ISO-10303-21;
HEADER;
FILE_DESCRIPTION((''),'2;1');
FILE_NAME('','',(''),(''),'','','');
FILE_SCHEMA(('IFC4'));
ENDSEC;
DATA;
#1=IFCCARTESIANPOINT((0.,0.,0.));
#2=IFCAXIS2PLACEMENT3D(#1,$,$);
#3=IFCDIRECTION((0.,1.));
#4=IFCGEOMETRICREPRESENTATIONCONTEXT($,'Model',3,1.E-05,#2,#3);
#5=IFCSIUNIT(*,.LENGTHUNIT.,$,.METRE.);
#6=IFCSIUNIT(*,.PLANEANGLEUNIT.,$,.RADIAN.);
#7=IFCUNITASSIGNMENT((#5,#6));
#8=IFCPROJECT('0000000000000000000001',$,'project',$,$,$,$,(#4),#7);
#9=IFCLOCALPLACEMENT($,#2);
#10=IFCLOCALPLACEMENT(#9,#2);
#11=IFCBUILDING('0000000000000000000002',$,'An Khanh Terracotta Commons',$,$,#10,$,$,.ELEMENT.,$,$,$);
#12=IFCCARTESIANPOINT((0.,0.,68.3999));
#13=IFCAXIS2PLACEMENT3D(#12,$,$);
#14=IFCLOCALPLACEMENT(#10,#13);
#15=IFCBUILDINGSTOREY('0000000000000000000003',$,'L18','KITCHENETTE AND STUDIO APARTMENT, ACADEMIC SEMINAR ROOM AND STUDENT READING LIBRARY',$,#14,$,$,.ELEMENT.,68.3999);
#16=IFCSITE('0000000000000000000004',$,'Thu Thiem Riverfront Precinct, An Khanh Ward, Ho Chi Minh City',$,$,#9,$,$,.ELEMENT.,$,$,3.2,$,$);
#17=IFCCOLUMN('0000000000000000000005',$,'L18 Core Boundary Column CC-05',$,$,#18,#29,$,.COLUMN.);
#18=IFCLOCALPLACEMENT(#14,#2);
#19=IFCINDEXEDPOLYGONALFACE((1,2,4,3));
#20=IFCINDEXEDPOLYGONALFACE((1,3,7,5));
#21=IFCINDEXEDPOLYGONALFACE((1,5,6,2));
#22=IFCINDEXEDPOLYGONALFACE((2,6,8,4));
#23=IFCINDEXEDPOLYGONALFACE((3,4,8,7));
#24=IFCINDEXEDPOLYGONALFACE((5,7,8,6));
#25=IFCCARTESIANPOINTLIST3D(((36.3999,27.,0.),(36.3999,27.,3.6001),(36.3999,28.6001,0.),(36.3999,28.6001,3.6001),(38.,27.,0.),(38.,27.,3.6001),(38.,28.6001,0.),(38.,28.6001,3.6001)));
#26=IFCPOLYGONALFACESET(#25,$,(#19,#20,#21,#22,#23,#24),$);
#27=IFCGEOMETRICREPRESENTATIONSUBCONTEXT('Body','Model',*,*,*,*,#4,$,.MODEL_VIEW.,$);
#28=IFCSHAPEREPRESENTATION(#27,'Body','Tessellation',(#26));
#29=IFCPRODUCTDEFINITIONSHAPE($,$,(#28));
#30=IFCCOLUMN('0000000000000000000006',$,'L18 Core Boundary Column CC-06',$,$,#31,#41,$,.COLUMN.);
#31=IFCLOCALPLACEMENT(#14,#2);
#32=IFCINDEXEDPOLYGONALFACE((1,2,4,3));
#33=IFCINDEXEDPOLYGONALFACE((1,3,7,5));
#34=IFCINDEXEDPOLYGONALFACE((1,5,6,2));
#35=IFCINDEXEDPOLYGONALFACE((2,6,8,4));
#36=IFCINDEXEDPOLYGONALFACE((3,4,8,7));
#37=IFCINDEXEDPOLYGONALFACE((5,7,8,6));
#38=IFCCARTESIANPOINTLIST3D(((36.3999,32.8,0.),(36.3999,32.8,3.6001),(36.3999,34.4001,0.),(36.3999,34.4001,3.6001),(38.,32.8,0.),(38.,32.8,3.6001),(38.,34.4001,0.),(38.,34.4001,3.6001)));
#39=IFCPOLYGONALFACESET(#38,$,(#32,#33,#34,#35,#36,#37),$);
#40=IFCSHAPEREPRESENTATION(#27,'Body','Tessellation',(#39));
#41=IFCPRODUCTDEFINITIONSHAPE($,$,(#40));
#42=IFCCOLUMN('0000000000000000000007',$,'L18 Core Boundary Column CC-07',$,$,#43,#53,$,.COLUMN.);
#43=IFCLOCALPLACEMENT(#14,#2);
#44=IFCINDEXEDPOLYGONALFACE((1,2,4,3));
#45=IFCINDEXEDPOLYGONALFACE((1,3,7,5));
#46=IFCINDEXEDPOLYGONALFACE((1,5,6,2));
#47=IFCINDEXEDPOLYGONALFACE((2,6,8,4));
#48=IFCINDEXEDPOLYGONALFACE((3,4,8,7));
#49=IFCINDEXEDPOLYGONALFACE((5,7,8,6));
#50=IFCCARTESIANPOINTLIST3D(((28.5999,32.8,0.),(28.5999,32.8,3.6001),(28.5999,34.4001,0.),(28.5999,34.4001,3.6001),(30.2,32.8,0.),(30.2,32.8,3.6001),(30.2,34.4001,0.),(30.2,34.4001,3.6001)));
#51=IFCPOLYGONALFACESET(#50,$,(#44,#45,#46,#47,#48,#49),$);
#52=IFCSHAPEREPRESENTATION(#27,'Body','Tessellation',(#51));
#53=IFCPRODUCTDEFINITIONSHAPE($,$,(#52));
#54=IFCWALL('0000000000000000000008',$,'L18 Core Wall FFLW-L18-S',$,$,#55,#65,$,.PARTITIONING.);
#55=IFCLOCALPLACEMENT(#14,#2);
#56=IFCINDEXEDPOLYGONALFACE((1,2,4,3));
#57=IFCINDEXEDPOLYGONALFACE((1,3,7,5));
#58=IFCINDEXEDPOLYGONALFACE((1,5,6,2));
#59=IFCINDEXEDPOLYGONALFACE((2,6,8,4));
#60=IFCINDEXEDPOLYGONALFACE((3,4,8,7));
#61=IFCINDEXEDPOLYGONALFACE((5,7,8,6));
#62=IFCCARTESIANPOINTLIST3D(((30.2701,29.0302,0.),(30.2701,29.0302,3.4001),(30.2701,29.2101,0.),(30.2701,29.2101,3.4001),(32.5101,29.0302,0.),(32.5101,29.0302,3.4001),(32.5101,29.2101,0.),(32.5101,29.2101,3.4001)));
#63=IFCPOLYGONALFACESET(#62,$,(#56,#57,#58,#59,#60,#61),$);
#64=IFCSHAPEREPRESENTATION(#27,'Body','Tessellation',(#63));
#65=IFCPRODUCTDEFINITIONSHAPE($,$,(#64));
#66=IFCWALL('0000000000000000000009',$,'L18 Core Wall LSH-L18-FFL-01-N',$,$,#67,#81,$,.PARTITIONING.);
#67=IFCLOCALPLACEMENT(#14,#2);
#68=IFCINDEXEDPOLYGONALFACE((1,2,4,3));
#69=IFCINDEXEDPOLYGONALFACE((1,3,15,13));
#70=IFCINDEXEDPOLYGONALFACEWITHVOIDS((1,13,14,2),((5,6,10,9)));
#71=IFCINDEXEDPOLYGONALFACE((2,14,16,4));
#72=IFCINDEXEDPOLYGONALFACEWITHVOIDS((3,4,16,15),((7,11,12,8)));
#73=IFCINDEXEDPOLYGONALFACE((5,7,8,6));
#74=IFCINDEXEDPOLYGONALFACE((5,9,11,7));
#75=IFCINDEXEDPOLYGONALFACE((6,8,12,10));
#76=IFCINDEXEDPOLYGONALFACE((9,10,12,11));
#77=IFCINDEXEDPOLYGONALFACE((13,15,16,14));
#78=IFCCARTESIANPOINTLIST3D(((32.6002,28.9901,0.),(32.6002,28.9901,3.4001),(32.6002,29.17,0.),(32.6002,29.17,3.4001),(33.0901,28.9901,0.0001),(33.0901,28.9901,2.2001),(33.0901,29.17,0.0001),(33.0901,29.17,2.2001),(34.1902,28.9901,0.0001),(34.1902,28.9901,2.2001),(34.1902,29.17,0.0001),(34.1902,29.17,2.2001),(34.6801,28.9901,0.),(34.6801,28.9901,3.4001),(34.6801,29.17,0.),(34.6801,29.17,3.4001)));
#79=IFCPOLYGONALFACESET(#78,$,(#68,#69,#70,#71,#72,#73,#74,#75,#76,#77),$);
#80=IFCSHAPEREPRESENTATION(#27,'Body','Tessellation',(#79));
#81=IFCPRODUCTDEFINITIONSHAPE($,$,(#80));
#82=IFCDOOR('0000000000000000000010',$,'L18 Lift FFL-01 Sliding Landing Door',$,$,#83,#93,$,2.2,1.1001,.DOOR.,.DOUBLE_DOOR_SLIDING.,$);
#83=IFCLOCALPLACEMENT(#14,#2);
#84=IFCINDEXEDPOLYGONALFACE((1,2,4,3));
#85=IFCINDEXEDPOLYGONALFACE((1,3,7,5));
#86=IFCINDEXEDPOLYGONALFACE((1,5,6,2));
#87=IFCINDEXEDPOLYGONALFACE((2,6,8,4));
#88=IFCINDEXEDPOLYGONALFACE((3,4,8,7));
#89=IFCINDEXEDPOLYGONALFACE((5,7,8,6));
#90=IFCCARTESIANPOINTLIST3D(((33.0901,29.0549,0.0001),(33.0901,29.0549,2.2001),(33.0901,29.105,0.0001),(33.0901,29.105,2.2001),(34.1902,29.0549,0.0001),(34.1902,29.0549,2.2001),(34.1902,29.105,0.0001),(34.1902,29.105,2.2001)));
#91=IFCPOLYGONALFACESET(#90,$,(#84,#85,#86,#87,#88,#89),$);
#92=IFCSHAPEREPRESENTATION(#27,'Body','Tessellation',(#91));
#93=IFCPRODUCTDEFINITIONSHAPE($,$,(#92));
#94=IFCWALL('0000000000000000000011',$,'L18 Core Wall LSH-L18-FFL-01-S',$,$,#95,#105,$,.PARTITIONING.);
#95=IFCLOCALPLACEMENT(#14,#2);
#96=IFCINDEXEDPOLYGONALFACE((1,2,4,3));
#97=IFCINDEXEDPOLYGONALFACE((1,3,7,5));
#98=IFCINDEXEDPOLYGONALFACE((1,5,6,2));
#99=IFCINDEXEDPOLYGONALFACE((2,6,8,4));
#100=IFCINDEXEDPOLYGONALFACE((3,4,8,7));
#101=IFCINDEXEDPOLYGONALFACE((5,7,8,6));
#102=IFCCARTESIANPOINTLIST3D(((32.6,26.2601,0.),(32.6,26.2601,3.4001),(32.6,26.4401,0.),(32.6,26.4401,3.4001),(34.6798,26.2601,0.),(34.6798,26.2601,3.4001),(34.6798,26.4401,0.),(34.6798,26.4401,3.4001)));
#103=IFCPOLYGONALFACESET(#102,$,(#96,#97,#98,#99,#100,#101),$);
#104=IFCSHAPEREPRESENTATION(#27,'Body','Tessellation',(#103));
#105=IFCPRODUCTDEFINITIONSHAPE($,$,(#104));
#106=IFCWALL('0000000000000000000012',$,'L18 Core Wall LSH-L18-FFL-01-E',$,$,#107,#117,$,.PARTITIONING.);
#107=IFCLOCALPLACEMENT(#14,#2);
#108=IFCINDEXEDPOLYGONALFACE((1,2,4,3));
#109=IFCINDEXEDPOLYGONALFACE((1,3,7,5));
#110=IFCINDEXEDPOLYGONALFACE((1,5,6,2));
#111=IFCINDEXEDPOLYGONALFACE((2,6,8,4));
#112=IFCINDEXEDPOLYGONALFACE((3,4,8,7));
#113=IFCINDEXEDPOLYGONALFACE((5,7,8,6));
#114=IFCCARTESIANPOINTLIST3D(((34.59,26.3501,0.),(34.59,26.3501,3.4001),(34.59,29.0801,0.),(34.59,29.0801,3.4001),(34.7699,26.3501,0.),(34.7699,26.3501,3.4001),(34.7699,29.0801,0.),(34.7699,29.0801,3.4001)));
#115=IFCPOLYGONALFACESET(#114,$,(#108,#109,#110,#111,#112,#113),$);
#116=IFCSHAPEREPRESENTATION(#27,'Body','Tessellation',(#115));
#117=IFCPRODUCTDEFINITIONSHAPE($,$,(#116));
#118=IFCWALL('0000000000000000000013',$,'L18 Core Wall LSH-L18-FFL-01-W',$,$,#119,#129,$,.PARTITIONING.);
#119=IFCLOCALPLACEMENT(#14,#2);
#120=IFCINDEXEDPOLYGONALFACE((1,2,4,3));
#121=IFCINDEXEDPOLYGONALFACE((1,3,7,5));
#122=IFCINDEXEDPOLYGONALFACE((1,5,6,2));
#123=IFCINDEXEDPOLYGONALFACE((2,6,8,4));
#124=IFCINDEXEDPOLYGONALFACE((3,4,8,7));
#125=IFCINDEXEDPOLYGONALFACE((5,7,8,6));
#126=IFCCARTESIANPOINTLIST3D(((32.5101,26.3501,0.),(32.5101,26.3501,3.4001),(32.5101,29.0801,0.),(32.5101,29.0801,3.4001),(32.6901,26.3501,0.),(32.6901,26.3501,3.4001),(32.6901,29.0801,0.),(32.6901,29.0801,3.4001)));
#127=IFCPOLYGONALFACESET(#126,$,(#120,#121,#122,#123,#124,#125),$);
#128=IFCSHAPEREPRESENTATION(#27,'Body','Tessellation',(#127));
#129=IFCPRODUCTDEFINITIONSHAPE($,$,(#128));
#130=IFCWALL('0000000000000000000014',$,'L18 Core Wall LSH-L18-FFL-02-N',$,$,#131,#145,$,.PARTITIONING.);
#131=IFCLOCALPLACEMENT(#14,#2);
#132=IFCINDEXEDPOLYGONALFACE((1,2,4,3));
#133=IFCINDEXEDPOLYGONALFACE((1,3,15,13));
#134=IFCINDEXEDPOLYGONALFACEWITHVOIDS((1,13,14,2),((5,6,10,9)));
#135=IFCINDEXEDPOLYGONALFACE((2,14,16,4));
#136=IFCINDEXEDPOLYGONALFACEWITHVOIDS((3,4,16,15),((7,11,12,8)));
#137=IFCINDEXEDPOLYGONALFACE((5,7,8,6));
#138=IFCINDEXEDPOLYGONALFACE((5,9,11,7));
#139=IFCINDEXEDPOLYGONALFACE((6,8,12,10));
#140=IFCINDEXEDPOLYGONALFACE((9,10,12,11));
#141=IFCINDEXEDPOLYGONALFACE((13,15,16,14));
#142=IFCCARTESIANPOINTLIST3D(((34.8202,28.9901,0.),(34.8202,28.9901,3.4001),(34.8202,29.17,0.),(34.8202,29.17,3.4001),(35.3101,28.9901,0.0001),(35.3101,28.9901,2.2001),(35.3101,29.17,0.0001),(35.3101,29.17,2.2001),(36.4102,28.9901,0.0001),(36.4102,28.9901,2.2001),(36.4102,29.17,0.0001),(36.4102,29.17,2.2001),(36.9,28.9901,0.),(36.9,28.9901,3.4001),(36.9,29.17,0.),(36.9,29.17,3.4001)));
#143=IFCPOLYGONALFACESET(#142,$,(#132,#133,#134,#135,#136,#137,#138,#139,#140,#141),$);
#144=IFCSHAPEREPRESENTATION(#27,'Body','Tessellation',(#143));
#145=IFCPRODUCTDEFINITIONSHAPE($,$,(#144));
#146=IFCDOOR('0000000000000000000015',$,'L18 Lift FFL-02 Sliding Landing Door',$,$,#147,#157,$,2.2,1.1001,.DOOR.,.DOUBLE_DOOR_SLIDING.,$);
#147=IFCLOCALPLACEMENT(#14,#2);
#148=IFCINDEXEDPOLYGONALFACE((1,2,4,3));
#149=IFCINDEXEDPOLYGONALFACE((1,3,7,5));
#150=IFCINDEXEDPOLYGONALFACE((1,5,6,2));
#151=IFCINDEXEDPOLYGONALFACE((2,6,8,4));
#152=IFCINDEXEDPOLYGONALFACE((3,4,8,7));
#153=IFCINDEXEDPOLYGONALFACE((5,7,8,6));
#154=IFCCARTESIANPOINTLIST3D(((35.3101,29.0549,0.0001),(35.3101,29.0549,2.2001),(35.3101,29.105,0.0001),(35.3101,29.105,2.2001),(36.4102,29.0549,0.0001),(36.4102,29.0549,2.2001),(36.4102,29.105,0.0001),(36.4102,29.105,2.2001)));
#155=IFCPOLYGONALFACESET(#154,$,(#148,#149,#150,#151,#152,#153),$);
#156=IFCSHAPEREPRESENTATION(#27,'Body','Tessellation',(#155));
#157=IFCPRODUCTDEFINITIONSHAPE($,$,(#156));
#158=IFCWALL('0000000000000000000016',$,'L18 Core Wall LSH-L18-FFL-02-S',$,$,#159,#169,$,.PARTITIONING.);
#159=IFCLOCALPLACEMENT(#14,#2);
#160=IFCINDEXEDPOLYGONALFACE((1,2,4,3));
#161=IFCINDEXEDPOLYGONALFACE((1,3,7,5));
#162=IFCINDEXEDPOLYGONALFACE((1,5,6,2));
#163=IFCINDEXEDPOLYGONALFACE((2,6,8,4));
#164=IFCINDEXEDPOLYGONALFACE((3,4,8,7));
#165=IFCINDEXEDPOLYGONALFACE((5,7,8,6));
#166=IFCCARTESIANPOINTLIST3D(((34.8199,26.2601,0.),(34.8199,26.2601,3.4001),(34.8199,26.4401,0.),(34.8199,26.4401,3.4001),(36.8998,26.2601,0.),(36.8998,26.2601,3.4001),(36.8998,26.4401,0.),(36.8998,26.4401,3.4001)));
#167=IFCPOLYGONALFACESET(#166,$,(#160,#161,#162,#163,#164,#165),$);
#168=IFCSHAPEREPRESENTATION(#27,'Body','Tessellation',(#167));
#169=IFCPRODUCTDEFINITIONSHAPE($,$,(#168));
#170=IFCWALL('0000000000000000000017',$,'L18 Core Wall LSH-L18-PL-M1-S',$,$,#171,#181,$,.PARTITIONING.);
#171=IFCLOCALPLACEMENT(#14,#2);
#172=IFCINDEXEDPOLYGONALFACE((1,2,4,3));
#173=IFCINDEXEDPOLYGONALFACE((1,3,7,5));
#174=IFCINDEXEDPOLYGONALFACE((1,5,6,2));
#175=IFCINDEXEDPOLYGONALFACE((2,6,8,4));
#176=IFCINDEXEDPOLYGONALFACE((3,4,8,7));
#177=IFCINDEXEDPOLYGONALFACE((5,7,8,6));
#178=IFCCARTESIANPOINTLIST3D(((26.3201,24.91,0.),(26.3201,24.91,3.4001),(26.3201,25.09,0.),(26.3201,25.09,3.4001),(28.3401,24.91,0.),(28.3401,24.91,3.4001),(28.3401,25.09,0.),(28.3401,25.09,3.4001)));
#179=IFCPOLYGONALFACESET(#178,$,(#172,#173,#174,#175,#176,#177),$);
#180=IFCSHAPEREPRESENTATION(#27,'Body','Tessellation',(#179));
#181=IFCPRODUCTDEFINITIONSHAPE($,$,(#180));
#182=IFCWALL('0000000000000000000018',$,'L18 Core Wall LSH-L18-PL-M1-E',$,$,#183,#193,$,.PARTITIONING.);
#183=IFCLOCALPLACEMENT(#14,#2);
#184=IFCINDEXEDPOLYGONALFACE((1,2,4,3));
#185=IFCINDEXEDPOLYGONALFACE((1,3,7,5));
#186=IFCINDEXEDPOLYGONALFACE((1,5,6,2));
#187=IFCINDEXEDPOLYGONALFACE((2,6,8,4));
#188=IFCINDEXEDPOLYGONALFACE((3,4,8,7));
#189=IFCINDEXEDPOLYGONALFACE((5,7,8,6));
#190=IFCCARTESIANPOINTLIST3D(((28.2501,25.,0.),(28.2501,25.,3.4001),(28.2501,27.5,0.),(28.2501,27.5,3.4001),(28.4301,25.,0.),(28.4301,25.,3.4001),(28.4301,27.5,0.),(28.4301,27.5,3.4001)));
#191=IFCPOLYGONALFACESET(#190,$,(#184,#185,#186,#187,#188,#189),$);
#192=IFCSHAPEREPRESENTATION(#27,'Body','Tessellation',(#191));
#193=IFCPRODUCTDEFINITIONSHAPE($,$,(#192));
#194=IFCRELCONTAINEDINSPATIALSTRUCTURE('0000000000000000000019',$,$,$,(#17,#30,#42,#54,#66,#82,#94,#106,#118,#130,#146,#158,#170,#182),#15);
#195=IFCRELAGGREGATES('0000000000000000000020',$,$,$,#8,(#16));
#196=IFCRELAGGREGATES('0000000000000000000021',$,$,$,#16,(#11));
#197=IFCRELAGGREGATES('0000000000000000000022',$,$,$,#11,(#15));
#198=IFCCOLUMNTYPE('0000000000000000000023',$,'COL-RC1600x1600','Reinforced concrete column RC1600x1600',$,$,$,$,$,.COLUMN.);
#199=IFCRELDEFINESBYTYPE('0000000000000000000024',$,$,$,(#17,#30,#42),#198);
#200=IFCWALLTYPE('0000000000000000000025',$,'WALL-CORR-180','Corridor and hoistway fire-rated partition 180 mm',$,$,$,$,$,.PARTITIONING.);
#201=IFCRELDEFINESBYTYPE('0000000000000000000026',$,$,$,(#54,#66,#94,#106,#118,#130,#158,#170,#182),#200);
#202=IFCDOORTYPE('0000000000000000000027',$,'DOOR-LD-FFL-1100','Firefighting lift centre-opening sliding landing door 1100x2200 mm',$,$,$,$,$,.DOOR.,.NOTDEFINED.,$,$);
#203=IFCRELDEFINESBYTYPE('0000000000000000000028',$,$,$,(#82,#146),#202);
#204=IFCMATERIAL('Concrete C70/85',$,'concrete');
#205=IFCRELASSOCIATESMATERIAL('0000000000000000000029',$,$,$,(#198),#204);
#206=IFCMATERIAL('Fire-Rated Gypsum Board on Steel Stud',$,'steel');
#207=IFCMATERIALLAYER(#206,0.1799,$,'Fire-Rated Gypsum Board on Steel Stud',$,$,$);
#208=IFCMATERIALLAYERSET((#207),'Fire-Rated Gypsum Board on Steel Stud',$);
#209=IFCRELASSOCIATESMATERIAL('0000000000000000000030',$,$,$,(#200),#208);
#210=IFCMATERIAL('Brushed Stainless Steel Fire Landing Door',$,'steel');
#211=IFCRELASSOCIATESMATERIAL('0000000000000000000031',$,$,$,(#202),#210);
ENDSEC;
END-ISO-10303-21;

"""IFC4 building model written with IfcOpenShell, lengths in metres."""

from ifc_helpers import new_model, si_unit, direction, frame, frame_2d, origin, origin_2d, place, context, subcontext, project, spatial, rectangle, extrude, material, layer, layer_set, material_profile, profile_set, type_object, element, fill, save


model = new_model("IFC4")

# Units and contexts
model_context = context("Model", 3, precision=1e-05, world=origin(), true_north=direction((0.0, 1.0)))
body_context = subcontext(model_context, "Body", "Model", "MODEL_VIEW")
ifc_project = project(units=[si_unit("LENGTHUNIT", "METRE"), si_unit("PLANEANGLEUNIT", "RADIAN")], contexts=[model_context])

# Site, building, storey
site_placement = place(None, origin())
site = spatial("IfcSite", under=ifc_project, at=site_placement, Name="Thu Thiem Riverfront Precinct, An Khanh Ward, Ho Chi Minh City", CompositionType="ELEMENT", RefElevation=3.2)
building_placement = place(site_placement, origin())
building = spatial("IfcBuilding", under=site, at=building_placement, Name="An Khanh Terracotta Commons", CompositionType="ELEMENT")
storey_placement = place(building_placement, frame((0.0, 0.0, 68.3999)))
storey = spatial("IfcBuildingStorey", under=building, at=storey_placement, Name="L18", Description="KITCHENETTE AND STUDIO APARTMENT, ACADEMIC SEMINAR ROOM AND STUDENT READING LIBRARY", CompositionType="ELEMENT", Elevation=68.3999)

# Columns
ifc_material_1 = material(Name="Concrete C70/85", Category="concrete")
ifc_material_profile = material_profile(ifc_material_1, rectangle(XDim=1.6001, YDim=1.6001, at=origin_2d()), Name="RC1600x1600")
ifc_profile_set = profile_set([ifc_material_profile], Name="Concrete C70/85")
column_type = type_object("IfcColumnType", Name="COL-RC1600x1600", Description="Reinforced concrete column RC1600x1600", PredefinedType="COLUMN", material=ifc_profile_set)
for number, where, z_axis, x_axis, name in (
    (1, (37.2, 27.8, 0.0), (0.0, 0.0, 1.0), (1.0, 0.0, 0.0), "L18 Core Boundary Column CC-05"),
    (2, (37.2, 33.6001, 0.0), (0.0, 0.0, 1.0), (1.0, 0.0, 0.0), "L18 Core Boundary Column CC-06"),
    (3, (29.3999, 33.6001, 0.0), (0.0, 0.0, 1.0), (1.0, 0.0, 0.0), "L18 Core Boundary Column CC-07"),
):
    element("IfcColumn", number, at=place(storey_placement, frame(where, z_axis=z_axis, x_axis=x_axis)), inside=storey, type_object=column_type, Name=name, PredefinedType="COLUMN", context=body_context, shape_type="SweptSolid", body=[
        extrude(rectangle(XDim=1.6001, YDim=1.6001, at=origin_2d()), origin(), (0.0, 0.0, 1.0), 3.6001),
    ])

# Wall
ifc_material_2 = material(Name="Fire-Rated Gypsum Board on Steel Stud", Category="steel")
ifc_layer_1 = layer(ifc_material_2, 0.1799, Name="Fire-Rated Gypsum Board on Steel Stud")
ifc_layer_set_1 = layer_set([ifc_layer_1], Name="Fire-Rated Gypsum Board on Steel Stud")
wall_type_1 = type_object("IfcWallType", Name="WALL-CORR-180", Description="Corridor and hoistway fire-rated partition 180 mm", PredefinedType="PARTITIONING", material=ifc_layer_set_1)
wall_1_placement = place(storey_placement, frame((30.27, 29.1201, 0.0), z_axis=(0.0, 0.0, 1.0), x_axis=(1.0, 0.0, 0.0)))
element("IfcWall", 4, at=wall_1_placement, inside=storey, type_object=wall_type_1, Name="L18 Core Wall FFLW-L18-S", PredefinedType="PARTITIONING", context=body_context, shape_type="SweptSolid", body=[
    extrude(rectangle(XDim=2.24, YDim=0.1799, at=frame_2d((1.1201, 0.0))), origin(), (0.0, 0.0, 1.0), 3.4001),
])

# Wall, opening, door
wall_2_placement = place(storey_placement, frame((32.6001, 29.0801, 0.0), z_axis=(0.0, 0.0, 1.0), x_axis=(1.0, 0.0, 0.0)))
wall_2 = element("IfcWall", 5, at=wall_2_placement, inside=storey, type_object=wall_type_1, Name="L18 Core Wall LSH-L18-FFL-01-N", PredefinedType="PARTITIONING", context=body_context, shape_type="SweptSolid", body=[
    extrude(rectangle(XDim=2.0798, YDim=0.1799, at=frame_2d((1.04, 0.0))), origin(), (0.0, 0.0, 1.0), 3.4001),
])
opening_1_placement = place(wall_2_placement, frame((0.49, 0.0, 0.0)))
opening_1 = element("IfcOpeningElement", 6, at=opening_1_placement, cuts=wall_2, PredefinedType="OPENING", context=body_context, shape_type="SweptSolid", body=[
    extrude(rectangle(XDim=1.1001, YDim=2.2, at=frame_2d((0.55, 1.1001))), frame((0.0, 0.0999, 0.0), z_axis=(0.0, -1.0, 0.0), x_axis=(1.0, 0.0, 0.0)), (0.0, 0.0, 1.0), 0.2),
])
ifc_material_3 = material(Name="Brushed Stainless Steel Fire Landing Door", Category="steel")
door_type_1 = type_object("IfcDoorType", Name="DOOR-LD-FFL-1100", Description="Firefighting lift centre-opening sliding landing door 1100x2200 mm", OperationType="NOTDEFINED", PredefinedType="DOOR", material=ifc_material_3)
door_1_placement = place(opening_1_placement, origin())
door_1 = element("IfcDoor", 7, at=door_1_placement, inside=storey, type_object=door_type_1, Name="L18 Lift FFL-01 Sliding Landing Door", OperationType="DOUBLE_DOOR_SLIDING", OverallHeight=2.2, OverallWidth=1.1001, PredefinedType="DOOR", context=body_context, shape_type="SweptSolid", body=[
    extrude(rectangle(XDim=1.1001, YDim=2.2, at=frame_2d((0.55, 1.1001))), frame((0.0, 0.0249, 0.0), z_axis=(0.0, -1.0, 0.0), x_axis=(1.0, 0.0, 0.0)), (0.0, 0.0, 1.0), 0.05),
])
fill(opening_1, door_1)

# Walls
wall_3_placement = place(storey_placement, frame((34.6799, 26.3501, 0.0), z_axis=(0.0, 0.0, 1.0), x_axis=(-1.0, 0.0, 0.0)))
element("IfcWall", 8, at=wall_3_placement, inside=storey, type_object=wall_type_1, Name="L18 Core Wall LSH-L18-FFL-01-S", PredefinedType="PARTITIONING", context=body_context, shape_type="SweptSolid", body=[
    extrude(rectangle(XDim=2.0798, YDim=0.1799, at=frame_2d((1.04, 0.0))), origin(), (0.0, 0.0, 1.0), 3.4001),
])
for number, where, z_axis, x_axis, name in (
    (9, (34.6799, 26.3501, 0.0), (0.0, 0.0, 1.0), (0.0, 1.0, 0.0), "L18 Core Wall LSH-L18-FFL-01-E"),
    (10, (32.6001, 29.0801, 0.0), (0.0, 0.0, 1.0), (0.0, -1.0, 0.0), "L18 Core Wall LSH-L18-FFL-01-W"),
):
    element("IfcWall", number, at=place(storey_placement, frame(where, z_axis=z_axis, x_axis=x_axis)), inside=storey, type_object=wall_type_1, Name=name, PredefinedType="PARTITIONING", context=body_context, shape_type="SweptSolid", body=[
        extrude(rectangle(XDim=2.73, YDim=0.1799, at=frame_2d((1.365, 0.0))), origin(), (0.0, 0.0, 1.0), 3.4001),
    ])

# Wall, opening, door
wall_4_placement = place(storey_placement, frame((34.8201, 29.0801, 0.0), z_axis=(0.0, 0.0, 1.0), x_axis=(1.0, 0.0, 0.0)))
wall_4 = element("IfcWall", 11, at=wall_4_placement, inside=storey, type_object=wall_type_1, Name="L18 Core Wall LSH-L18-FFL-02-N", PredefinedType="PARTITIONING", context=body_context, shape_type="SweptSolid", body=[
    extrude(rectangle(XDim=2.0798, YDim=0.1799, at=frame_2d((1.04, 0.0))), origin(), (0.0, 0.0, 1.0), 3.4001),
])
opening_2_placement = place(wall_4_placement, frame((0.49, 0.0, 0.0)))
opening_2 = element("IfcOpeningElement", 12, at=opening_2_placement, cuts=wall_4, PredefinedType="OPENING", context=body_context, shape_type="SweptSolid", body=[
    extrude(rectangle(XDim=1.1001, YDim=2.2, at=frame_2d((0.55, 1.1001))), frame((0.0, 0.0999, 0.0), z_axis=(0.0, -1.0, 0.0), x_axis=(1.0, 0.0, 0.0)), (0.0, 0.0, 1.0), 0.2),
])
door_2_placement = place(opening_2_placement, origin())
door_2 = element("IfcDoor", 13, at=door_2_placement, inside=storey, type_object=door_type_1, Name="L18 Lift FFL-02 Sliding Landing Door", OperationType="DOUBLE_DOOR_SLIDING", OverallHeight=2.2, OverallWidth=1.1001, PredefinedType="DOOR", context=body_context, shape_type="SweptSolid", body=[
    extrude(rectangle(XDim=1.1001, YDim=2.2, at=frame_2d((0.55, 1.1001))), frame((0.0, 0.0249, 0.0), z_axis=(0.0, -1.0, 0.0), x_axis=(1.0, 0.0, 0.0)), (0.0, 0.0, 1.0), 0.05),
])
fill(opening_2, door_2)

# Walls
wall_5_placement = place(storey_placement, frame((36.8999, 26.3501, 0.0), z_axis=(0.0, 0.0, 1.0), x_axis=(-1.0, 0.0, 0.0)))
element("IfcWall", 14, at=wall_5_placement, inside=storey, type_object=wall_type_1, Name="L18 Core Wall LSH-L18-FFL-02-S", PredefinedType="PARTITIONING", context=body_context, shape_type="SweptSolid", body=[
    extrude(rectangle(XDim=2.0798, YDim=0.1799, at=frame_2d((1.04, 0.0))), origin(), (0.0, 0.0, 1.0), 3.4001),
])
wall_6_placement = place(storey_placement, frame((28.3401, 25.0, 0.0), z_axis=(0.0, 0.0, 1.0), x_axis=(-1.0, 0.0, 0.0)))
element("IfcWall", 15, at=wall_6_placement, inside=storey, type_object=wall_type_1, Name="L18 Core Wall LSH-L18-PL-M1-S", PredefinedType="PARTITIONING", context=body_context, shape_type="SweptSolid", body=[
    extrude(rectangle(XDim=2.02, YDim=0.1799, at=frame_2d((1.01, 0.0))), origin(), (0.0, 0.0, 1.0), 3.4001),
])
wall_7_placement = place(storey_placement, frame((28.3401, 25.0, 0.0), z_axis=(0.0, 0.0, 1.0), x_axis=(0.0, 1.0, 0.0)))
element("IfcWall", 16, at=wall_7_placement, inside=storey, type_object=wall_type_1, Name="L18 Core Wall LSH-L18-PL-M1-E", PredefinedType="PARTITIONING", context=body_context, shape_type="SweptSolid", body=[
    extrude(rectangle(XDim=2.5, YDim=0.1799, at=frame_2d((1.25, 0.0))), origin(), (0.0, 0.0, 1.0), 3.4001),
])

save(model, "model.ifc")
